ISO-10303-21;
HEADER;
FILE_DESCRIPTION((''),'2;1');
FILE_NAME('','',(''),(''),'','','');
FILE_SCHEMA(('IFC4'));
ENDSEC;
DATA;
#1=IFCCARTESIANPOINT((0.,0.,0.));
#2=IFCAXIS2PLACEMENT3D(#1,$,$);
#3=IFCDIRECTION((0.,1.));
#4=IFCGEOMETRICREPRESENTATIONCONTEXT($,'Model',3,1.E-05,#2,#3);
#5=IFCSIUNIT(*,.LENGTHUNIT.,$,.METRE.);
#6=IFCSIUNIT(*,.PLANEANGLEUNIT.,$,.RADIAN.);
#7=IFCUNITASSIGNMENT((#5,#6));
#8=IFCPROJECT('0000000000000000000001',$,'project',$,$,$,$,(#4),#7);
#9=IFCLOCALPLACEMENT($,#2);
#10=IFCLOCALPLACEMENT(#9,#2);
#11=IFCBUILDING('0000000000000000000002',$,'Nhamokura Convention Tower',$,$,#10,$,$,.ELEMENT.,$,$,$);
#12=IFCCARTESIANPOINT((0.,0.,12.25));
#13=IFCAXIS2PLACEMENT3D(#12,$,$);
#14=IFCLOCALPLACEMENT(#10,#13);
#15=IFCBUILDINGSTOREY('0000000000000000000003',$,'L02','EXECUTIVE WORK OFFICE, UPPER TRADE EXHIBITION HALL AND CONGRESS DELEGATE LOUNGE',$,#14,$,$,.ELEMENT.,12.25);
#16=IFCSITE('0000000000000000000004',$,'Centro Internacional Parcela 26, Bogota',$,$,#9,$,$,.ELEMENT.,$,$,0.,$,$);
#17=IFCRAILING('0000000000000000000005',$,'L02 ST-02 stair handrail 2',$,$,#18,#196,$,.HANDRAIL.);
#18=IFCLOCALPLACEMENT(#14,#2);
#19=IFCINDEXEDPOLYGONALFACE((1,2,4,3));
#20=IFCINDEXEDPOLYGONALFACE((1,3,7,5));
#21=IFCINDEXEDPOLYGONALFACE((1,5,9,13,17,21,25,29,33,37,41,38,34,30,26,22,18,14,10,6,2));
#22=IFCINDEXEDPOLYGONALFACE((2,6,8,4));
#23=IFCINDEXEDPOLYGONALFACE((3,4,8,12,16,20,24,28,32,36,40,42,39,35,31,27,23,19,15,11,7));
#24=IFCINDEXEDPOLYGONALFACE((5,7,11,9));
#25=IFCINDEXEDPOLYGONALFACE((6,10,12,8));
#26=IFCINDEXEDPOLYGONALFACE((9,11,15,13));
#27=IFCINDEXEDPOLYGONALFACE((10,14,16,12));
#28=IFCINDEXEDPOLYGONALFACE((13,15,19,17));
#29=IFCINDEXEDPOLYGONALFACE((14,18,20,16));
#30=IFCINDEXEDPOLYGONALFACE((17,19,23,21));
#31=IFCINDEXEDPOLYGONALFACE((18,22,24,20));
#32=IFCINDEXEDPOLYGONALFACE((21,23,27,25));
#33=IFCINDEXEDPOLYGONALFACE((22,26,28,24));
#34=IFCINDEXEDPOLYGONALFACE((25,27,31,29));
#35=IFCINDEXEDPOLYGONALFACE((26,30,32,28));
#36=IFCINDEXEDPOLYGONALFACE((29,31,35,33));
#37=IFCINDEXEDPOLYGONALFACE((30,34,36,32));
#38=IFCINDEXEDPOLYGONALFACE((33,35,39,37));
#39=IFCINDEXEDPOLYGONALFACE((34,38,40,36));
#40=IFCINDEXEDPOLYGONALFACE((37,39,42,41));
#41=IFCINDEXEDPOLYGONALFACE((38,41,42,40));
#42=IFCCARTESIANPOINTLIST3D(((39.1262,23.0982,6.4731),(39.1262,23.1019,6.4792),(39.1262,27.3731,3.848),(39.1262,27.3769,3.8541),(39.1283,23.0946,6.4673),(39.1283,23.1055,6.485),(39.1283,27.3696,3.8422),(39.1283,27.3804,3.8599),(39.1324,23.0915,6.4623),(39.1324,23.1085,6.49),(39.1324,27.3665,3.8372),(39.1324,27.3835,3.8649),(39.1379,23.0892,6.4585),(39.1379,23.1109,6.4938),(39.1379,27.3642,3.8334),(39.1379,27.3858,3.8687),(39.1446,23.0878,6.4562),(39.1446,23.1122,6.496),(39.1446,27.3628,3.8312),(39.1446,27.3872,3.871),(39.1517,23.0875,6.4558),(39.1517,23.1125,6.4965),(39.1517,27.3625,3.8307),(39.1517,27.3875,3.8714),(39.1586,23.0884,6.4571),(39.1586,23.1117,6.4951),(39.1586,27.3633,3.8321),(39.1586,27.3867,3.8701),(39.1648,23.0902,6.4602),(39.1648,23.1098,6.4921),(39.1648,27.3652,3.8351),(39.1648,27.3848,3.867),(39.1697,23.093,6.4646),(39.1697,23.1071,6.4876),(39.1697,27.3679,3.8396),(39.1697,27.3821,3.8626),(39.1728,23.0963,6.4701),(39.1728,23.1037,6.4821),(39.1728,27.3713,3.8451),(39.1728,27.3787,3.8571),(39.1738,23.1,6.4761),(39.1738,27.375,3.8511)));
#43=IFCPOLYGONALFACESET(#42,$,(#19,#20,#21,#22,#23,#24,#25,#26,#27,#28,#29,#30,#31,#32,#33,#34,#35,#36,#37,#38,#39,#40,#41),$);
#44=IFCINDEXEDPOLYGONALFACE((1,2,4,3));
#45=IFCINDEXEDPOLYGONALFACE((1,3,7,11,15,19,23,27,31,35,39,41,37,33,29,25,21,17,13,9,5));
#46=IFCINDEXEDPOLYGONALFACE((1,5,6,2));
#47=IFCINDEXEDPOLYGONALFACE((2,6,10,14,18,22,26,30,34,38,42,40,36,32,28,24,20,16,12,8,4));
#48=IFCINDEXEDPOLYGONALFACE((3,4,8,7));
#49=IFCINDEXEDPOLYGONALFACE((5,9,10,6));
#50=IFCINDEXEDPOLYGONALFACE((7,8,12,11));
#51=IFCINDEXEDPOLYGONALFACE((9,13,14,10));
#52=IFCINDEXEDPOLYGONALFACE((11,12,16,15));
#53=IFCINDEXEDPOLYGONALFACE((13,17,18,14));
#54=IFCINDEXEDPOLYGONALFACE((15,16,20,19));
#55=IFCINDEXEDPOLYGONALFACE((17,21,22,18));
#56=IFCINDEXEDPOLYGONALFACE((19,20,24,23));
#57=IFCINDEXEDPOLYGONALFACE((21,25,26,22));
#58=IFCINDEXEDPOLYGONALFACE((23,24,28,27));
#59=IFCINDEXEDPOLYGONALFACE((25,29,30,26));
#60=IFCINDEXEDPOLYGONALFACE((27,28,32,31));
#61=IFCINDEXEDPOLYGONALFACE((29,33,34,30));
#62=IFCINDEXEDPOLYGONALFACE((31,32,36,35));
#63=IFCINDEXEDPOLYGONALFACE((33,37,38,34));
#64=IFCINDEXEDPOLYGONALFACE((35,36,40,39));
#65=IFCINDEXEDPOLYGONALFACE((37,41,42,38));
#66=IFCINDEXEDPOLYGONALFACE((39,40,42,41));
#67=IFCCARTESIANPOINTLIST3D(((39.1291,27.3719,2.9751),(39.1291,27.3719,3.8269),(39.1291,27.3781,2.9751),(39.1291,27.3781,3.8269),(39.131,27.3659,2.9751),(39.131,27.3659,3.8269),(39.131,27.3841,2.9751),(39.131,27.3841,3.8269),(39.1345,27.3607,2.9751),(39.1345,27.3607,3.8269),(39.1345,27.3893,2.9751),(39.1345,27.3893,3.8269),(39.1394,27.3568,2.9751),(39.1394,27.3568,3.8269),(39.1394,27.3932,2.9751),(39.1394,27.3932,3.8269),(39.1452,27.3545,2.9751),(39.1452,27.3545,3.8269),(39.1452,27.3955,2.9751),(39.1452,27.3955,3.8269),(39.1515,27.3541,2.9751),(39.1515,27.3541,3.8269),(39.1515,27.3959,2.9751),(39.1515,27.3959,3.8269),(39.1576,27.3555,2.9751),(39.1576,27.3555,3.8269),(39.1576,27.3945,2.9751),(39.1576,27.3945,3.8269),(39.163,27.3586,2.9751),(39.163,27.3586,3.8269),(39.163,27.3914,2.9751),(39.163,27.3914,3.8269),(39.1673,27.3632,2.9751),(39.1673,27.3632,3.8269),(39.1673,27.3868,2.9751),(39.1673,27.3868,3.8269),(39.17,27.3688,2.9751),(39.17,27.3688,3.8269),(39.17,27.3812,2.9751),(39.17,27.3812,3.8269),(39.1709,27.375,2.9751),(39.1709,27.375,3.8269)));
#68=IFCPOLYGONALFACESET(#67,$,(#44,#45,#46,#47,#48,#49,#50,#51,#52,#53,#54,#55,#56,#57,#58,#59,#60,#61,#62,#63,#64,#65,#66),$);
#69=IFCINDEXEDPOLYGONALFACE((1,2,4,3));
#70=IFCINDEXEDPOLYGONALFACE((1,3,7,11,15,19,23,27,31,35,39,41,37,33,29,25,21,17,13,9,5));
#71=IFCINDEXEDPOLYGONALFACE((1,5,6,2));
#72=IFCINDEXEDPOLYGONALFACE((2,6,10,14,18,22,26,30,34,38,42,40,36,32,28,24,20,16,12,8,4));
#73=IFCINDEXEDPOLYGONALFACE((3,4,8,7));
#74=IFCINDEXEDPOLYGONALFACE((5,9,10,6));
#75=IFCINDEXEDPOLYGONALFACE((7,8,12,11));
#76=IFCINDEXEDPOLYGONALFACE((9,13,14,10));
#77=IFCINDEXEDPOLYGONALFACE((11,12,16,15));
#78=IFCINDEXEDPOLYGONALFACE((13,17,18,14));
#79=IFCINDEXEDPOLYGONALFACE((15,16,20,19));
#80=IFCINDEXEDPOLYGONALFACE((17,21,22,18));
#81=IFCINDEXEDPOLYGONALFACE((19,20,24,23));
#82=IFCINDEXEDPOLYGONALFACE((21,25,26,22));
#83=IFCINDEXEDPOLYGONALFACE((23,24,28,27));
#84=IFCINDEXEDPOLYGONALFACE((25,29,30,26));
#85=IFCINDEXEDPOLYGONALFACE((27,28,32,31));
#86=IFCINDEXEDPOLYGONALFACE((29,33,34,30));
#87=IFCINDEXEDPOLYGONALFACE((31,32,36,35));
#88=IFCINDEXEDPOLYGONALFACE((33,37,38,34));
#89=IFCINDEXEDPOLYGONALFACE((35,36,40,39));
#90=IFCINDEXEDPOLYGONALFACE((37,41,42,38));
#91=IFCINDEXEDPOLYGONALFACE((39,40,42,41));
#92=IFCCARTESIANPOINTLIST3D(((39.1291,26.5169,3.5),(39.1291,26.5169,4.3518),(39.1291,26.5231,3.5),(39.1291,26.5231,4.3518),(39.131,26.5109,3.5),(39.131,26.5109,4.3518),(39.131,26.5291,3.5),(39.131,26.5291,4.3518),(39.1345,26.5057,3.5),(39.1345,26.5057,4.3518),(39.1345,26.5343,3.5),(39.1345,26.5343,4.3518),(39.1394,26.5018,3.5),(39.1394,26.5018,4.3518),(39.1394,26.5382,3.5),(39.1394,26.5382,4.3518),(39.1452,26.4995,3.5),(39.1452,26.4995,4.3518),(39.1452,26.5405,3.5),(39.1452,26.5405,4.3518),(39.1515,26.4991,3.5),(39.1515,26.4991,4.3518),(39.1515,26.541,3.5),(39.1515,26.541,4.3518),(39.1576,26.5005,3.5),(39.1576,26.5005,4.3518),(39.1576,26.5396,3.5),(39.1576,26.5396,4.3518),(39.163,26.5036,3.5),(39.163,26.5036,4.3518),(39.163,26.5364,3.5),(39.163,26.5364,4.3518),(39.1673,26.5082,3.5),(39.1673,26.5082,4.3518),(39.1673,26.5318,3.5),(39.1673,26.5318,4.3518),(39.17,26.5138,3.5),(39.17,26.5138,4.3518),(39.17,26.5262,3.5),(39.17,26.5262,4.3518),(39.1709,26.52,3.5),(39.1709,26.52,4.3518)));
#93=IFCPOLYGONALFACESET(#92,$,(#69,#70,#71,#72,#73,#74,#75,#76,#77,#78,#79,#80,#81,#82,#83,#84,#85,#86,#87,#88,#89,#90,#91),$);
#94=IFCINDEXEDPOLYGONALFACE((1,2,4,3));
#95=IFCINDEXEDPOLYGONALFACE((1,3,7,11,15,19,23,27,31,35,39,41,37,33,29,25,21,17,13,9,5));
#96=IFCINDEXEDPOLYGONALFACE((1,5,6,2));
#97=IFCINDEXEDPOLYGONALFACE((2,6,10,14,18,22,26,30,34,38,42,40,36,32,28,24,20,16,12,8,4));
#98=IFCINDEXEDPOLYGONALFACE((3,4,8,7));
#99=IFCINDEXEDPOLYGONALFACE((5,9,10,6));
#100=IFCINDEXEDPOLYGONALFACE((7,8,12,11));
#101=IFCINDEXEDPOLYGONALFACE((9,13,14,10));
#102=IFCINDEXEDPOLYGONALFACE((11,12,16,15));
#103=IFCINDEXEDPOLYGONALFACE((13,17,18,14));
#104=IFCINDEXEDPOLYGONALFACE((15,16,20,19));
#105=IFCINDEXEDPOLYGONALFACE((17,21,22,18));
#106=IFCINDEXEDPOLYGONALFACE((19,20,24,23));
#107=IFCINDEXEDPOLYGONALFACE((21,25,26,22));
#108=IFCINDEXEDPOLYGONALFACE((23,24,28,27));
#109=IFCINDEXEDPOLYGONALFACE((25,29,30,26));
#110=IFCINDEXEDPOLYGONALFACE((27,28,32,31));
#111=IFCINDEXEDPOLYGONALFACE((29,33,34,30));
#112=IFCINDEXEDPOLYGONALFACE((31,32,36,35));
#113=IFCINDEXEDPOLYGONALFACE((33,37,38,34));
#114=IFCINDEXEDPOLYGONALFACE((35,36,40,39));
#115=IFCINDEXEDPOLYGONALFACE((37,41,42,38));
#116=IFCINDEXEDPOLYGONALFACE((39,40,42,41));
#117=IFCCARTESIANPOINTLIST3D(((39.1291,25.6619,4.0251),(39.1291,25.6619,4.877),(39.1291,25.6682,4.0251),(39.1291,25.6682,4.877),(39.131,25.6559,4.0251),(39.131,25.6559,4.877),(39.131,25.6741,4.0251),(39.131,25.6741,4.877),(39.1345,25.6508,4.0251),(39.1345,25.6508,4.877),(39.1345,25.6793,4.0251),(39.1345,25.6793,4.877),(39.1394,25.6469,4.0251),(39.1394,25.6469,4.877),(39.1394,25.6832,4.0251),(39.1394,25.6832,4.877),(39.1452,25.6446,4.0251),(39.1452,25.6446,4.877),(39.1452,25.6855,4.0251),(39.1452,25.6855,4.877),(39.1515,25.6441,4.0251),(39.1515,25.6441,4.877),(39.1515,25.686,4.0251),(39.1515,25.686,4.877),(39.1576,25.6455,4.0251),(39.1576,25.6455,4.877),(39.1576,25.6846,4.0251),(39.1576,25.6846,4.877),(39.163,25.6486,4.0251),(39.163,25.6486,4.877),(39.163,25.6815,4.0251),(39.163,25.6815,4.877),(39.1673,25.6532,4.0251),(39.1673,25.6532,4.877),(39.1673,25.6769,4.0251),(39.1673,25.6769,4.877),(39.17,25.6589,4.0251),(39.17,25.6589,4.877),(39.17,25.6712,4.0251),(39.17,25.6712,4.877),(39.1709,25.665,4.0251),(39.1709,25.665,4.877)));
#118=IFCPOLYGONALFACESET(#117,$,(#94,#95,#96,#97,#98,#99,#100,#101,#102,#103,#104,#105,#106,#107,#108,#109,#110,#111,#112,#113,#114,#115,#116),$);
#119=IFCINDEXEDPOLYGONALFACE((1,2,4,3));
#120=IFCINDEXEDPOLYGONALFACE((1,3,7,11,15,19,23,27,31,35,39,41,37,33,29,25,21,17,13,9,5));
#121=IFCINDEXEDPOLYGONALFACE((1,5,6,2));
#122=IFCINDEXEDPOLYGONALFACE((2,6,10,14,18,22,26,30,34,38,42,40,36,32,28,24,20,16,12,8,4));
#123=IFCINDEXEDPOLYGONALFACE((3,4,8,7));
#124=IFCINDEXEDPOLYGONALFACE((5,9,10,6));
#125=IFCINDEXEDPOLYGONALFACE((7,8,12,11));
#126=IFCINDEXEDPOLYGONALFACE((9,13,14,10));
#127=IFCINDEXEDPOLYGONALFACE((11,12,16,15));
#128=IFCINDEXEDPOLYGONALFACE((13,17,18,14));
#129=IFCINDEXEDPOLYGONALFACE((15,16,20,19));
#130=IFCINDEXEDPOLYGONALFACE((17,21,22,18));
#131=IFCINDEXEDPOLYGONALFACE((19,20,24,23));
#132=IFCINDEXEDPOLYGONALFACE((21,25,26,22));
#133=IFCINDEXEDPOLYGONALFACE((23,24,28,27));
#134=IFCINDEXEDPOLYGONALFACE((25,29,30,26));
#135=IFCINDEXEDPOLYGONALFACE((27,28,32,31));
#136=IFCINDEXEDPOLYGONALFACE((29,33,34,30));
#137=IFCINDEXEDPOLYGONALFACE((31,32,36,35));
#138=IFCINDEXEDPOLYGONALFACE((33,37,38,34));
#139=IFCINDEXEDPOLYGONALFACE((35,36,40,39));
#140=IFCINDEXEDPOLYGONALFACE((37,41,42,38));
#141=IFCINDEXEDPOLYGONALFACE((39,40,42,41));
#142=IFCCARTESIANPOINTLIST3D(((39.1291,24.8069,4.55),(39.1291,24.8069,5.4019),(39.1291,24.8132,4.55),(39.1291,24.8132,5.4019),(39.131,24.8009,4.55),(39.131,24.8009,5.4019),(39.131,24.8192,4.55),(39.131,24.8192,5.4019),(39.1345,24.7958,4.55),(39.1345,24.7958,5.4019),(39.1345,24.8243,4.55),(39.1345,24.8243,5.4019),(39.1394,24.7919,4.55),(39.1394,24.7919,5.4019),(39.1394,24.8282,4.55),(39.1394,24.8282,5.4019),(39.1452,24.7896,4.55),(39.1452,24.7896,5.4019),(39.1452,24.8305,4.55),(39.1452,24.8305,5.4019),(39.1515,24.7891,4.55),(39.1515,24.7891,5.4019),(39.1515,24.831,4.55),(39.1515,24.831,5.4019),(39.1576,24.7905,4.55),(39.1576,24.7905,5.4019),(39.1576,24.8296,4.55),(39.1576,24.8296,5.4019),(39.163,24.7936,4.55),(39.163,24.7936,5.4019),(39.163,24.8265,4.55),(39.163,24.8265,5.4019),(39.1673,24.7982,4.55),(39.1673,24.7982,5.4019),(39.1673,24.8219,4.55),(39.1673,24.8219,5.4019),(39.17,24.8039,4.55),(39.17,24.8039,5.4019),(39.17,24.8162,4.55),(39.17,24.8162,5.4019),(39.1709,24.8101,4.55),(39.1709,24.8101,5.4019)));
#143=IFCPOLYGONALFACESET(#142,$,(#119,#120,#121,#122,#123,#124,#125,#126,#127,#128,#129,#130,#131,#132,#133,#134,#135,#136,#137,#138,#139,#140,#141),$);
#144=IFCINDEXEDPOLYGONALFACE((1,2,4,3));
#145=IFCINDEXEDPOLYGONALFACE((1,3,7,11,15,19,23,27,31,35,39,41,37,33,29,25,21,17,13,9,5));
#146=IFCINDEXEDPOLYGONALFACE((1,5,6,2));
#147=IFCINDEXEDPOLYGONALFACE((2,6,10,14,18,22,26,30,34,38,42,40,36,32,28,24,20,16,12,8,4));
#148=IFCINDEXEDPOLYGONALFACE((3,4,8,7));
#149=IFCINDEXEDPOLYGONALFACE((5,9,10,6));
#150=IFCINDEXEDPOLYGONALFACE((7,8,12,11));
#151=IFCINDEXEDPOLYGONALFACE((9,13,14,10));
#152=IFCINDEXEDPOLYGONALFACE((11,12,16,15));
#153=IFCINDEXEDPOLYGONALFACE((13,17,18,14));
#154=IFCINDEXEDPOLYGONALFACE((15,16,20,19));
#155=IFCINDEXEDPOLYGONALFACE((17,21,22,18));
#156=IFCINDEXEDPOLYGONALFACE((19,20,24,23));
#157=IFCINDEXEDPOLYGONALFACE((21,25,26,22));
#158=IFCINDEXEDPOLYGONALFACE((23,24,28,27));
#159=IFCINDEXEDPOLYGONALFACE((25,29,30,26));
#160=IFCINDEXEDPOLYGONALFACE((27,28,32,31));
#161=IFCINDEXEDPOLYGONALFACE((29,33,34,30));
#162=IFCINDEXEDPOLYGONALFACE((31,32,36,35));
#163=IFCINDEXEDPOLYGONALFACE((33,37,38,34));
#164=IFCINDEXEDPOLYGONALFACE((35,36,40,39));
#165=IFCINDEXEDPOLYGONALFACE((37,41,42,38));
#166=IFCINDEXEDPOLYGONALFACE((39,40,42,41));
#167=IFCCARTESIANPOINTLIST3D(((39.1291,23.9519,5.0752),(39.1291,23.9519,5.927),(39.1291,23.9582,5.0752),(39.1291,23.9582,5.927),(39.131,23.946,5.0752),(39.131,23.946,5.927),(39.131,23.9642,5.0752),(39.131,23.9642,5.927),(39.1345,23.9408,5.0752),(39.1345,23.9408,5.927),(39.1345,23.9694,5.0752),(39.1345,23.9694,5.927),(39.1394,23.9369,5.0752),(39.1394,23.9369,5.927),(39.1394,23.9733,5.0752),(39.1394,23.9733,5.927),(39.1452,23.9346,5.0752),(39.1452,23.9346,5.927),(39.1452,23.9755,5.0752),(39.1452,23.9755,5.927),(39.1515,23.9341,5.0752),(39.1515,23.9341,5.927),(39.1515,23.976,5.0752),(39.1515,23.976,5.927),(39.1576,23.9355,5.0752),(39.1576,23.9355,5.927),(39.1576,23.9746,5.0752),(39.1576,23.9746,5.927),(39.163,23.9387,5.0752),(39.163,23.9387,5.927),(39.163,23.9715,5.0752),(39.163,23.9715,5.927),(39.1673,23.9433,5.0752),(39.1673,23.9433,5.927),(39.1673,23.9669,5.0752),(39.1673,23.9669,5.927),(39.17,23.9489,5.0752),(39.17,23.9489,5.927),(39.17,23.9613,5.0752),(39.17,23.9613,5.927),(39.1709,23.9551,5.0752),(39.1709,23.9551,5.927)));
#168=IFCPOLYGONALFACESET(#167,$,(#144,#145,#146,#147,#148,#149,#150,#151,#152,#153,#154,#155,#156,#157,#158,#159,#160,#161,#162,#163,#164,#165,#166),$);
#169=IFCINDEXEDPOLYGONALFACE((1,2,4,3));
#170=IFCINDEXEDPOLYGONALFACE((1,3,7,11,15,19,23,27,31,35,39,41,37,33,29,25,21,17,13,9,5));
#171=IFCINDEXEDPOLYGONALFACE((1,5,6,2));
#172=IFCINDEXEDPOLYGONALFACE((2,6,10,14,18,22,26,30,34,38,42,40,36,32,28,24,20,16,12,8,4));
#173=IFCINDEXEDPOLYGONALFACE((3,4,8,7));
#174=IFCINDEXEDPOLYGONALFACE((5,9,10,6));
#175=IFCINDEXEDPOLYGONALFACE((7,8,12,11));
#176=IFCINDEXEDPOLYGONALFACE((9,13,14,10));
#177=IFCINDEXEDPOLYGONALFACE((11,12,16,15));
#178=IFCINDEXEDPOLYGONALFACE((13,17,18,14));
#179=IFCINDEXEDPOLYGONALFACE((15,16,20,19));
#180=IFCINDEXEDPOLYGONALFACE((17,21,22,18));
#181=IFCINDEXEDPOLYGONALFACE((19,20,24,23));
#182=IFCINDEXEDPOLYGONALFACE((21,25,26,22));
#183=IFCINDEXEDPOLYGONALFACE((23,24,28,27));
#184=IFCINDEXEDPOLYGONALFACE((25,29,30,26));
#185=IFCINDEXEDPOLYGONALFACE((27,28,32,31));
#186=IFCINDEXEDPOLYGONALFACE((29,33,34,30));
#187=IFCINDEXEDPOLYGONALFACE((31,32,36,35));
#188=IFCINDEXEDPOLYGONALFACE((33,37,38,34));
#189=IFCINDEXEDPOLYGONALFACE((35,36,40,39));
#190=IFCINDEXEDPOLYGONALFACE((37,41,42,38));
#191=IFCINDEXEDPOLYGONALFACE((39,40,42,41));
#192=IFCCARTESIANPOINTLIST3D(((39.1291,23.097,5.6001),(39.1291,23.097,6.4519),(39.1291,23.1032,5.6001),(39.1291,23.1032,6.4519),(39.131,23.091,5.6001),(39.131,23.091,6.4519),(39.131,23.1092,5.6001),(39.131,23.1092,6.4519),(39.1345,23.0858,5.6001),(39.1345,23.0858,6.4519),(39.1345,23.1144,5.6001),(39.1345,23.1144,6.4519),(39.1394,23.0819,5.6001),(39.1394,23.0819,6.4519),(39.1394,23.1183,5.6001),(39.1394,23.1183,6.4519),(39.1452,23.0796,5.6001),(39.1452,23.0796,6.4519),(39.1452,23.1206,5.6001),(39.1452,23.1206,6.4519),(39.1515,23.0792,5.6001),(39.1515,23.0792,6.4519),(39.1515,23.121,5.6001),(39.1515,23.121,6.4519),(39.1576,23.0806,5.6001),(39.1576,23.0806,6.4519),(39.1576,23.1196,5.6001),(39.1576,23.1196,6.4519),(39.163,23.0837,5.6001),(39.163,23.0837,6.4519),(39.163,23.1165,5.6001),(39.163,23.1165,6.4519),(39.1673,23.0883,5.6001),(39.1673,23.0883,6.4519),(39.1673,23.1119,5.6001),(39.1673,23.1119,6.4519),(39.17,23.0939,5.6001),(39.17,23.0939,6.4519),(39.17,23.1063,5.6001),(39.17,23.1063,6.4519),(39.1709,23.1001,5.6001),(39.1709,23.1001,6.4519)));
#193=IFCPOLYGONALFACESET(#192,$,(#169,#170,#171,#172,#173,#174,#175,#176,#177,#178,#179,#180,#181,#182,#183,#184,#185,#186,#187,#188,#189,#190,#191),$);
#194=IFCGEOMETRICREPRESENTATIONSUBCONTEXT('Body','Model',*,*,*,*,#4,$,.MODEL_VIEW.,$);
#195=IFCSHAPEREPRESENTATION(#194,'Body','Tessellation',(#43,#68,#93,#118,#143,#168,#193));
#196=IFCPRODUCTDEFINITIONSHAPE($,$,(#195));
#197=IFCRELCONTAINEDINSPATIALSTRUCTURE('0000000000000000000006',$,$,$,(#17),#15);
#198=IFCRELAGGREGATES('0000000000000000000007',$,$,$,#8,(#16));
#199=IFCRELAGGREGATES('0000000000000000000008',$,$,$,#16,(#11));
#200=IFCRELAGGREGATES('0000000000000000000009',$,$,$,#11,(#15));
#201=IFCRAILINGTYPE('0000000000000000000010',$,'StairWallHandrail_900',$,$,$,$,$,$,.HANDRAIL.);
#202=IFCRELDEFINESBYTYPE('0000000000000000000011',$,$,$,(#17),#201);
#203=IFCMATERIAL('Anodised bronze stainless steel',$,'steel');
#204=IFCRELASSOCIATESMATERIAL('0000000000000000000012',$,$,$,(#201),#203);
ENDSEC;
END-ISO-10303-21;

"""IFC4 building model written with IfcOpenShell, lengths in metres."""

from ifc_helpers import new_model, si_unit, direction, frame, origin, origin_2d, place, context, subcontext, project, spatial, circle, extrude, material, type_object, element, save


model = new_model("IFC4")

# Units and contexts
model_context = context("Model", 3, precision=1e-05, world=origin(), true_north=direction((0.0, 1.0)))
body_context = subcontext(model_context, "Body", "Model", "MODEL_VIEW")
ifc_project = project(units=[si_unit("LENGTHUNIT", "METRE"), si_unit("PLANEANGLEUNIT", "RADIAN")], contexts=[model_context])

# Site, building, storey
site_placement = place(None, origin())
site = spatial("IfcSite", under=ifc_project, at=site_placement, Name="Centro Internacional Parcela 26, Bogota", CompositionType="ELEMENT", RefElevation=0.0)
building_placement = place(site_placement, origin())
building = spatial("IfcBuilding", under=site, at=building_placement, Name="Nhamokura Convention Tower", CompositionType="ELEMENT")
storey_placement = place(building_placement, frame((0.0, 0.0, 12.25)))
storey = spatial("IfcBuildingStorey", under=building, at=storey_placement, Name="L02", Description="EXECUTIVE WORK OFFICE, UPPER TRADE EXHIBITION HALL AND CONGRESS DELEGATE LOUNGE", CompositionType="ELEMENT", Elevation=12.25)

# Railing
ifc_material_1 = material(Name="Anodised bronze stainless steel", Category="steel")
railing_type_1 = type_object("IfcRailingType", Name="StairWallHandrail_900", PredefinedType="HANDRAIL", material=ifc_material_1)
railing_1_placement = place(storey_placement, frame((39.1499, 27.375, 2.9751)))
element("IfcRailing", 1, at=railing_1_placement, inside=storey, type_object=railing_type_1, Name="L02 ST-02 stair handrail 2", PredefinedType="HANDRAIL", context=body_context, shape_type="SweptSolid", body=[
    extrude(circle(Radius=0.0239, at=origin_2d()), frame((0.0, 0.0, 0.876), z_axis=(0.0, -0.852166, 0.523272), x_axis=(1.0, 0.0, 0.0)), (0.0, 0.0, 1.0), 5.0166),
    extrude(circle(Radius=0.021, at=origin_2d()), origin(), (0.0, 0.0, 1.0), 0.8518),
    extrude(circle(Radius=0.021, at=origin_2d()), frame((0.0, -0.855, 0.5249)), (0.0, 0.0, 1.0), 0.8518),
    extrude(circle(Radius=0.021, at=origin_2d()), frame((0.0, -1.71, 1.05)), (0.0, 0.0, 1.0), 0.8518),
    extrude(circle(Radius=0.021, at=origin_2d()), frame((0.0, -2.5649, 1.575)), (0.0, 0.0, 1.0), 0.8518),
    extrude(circle(Radius=0.021, at=origin_2d()), frame((0.0, -3.4199, 2.1001)), (0.0, 0.0, 1.0), 0.8518),
    extrude(circle(Radius=0.021, at=origin_2d()), frame((0.0, -4.2749, 2.625)), (0.0, 0.0, 1.0), 0.8518),
])

save(model, "model.ifc")
